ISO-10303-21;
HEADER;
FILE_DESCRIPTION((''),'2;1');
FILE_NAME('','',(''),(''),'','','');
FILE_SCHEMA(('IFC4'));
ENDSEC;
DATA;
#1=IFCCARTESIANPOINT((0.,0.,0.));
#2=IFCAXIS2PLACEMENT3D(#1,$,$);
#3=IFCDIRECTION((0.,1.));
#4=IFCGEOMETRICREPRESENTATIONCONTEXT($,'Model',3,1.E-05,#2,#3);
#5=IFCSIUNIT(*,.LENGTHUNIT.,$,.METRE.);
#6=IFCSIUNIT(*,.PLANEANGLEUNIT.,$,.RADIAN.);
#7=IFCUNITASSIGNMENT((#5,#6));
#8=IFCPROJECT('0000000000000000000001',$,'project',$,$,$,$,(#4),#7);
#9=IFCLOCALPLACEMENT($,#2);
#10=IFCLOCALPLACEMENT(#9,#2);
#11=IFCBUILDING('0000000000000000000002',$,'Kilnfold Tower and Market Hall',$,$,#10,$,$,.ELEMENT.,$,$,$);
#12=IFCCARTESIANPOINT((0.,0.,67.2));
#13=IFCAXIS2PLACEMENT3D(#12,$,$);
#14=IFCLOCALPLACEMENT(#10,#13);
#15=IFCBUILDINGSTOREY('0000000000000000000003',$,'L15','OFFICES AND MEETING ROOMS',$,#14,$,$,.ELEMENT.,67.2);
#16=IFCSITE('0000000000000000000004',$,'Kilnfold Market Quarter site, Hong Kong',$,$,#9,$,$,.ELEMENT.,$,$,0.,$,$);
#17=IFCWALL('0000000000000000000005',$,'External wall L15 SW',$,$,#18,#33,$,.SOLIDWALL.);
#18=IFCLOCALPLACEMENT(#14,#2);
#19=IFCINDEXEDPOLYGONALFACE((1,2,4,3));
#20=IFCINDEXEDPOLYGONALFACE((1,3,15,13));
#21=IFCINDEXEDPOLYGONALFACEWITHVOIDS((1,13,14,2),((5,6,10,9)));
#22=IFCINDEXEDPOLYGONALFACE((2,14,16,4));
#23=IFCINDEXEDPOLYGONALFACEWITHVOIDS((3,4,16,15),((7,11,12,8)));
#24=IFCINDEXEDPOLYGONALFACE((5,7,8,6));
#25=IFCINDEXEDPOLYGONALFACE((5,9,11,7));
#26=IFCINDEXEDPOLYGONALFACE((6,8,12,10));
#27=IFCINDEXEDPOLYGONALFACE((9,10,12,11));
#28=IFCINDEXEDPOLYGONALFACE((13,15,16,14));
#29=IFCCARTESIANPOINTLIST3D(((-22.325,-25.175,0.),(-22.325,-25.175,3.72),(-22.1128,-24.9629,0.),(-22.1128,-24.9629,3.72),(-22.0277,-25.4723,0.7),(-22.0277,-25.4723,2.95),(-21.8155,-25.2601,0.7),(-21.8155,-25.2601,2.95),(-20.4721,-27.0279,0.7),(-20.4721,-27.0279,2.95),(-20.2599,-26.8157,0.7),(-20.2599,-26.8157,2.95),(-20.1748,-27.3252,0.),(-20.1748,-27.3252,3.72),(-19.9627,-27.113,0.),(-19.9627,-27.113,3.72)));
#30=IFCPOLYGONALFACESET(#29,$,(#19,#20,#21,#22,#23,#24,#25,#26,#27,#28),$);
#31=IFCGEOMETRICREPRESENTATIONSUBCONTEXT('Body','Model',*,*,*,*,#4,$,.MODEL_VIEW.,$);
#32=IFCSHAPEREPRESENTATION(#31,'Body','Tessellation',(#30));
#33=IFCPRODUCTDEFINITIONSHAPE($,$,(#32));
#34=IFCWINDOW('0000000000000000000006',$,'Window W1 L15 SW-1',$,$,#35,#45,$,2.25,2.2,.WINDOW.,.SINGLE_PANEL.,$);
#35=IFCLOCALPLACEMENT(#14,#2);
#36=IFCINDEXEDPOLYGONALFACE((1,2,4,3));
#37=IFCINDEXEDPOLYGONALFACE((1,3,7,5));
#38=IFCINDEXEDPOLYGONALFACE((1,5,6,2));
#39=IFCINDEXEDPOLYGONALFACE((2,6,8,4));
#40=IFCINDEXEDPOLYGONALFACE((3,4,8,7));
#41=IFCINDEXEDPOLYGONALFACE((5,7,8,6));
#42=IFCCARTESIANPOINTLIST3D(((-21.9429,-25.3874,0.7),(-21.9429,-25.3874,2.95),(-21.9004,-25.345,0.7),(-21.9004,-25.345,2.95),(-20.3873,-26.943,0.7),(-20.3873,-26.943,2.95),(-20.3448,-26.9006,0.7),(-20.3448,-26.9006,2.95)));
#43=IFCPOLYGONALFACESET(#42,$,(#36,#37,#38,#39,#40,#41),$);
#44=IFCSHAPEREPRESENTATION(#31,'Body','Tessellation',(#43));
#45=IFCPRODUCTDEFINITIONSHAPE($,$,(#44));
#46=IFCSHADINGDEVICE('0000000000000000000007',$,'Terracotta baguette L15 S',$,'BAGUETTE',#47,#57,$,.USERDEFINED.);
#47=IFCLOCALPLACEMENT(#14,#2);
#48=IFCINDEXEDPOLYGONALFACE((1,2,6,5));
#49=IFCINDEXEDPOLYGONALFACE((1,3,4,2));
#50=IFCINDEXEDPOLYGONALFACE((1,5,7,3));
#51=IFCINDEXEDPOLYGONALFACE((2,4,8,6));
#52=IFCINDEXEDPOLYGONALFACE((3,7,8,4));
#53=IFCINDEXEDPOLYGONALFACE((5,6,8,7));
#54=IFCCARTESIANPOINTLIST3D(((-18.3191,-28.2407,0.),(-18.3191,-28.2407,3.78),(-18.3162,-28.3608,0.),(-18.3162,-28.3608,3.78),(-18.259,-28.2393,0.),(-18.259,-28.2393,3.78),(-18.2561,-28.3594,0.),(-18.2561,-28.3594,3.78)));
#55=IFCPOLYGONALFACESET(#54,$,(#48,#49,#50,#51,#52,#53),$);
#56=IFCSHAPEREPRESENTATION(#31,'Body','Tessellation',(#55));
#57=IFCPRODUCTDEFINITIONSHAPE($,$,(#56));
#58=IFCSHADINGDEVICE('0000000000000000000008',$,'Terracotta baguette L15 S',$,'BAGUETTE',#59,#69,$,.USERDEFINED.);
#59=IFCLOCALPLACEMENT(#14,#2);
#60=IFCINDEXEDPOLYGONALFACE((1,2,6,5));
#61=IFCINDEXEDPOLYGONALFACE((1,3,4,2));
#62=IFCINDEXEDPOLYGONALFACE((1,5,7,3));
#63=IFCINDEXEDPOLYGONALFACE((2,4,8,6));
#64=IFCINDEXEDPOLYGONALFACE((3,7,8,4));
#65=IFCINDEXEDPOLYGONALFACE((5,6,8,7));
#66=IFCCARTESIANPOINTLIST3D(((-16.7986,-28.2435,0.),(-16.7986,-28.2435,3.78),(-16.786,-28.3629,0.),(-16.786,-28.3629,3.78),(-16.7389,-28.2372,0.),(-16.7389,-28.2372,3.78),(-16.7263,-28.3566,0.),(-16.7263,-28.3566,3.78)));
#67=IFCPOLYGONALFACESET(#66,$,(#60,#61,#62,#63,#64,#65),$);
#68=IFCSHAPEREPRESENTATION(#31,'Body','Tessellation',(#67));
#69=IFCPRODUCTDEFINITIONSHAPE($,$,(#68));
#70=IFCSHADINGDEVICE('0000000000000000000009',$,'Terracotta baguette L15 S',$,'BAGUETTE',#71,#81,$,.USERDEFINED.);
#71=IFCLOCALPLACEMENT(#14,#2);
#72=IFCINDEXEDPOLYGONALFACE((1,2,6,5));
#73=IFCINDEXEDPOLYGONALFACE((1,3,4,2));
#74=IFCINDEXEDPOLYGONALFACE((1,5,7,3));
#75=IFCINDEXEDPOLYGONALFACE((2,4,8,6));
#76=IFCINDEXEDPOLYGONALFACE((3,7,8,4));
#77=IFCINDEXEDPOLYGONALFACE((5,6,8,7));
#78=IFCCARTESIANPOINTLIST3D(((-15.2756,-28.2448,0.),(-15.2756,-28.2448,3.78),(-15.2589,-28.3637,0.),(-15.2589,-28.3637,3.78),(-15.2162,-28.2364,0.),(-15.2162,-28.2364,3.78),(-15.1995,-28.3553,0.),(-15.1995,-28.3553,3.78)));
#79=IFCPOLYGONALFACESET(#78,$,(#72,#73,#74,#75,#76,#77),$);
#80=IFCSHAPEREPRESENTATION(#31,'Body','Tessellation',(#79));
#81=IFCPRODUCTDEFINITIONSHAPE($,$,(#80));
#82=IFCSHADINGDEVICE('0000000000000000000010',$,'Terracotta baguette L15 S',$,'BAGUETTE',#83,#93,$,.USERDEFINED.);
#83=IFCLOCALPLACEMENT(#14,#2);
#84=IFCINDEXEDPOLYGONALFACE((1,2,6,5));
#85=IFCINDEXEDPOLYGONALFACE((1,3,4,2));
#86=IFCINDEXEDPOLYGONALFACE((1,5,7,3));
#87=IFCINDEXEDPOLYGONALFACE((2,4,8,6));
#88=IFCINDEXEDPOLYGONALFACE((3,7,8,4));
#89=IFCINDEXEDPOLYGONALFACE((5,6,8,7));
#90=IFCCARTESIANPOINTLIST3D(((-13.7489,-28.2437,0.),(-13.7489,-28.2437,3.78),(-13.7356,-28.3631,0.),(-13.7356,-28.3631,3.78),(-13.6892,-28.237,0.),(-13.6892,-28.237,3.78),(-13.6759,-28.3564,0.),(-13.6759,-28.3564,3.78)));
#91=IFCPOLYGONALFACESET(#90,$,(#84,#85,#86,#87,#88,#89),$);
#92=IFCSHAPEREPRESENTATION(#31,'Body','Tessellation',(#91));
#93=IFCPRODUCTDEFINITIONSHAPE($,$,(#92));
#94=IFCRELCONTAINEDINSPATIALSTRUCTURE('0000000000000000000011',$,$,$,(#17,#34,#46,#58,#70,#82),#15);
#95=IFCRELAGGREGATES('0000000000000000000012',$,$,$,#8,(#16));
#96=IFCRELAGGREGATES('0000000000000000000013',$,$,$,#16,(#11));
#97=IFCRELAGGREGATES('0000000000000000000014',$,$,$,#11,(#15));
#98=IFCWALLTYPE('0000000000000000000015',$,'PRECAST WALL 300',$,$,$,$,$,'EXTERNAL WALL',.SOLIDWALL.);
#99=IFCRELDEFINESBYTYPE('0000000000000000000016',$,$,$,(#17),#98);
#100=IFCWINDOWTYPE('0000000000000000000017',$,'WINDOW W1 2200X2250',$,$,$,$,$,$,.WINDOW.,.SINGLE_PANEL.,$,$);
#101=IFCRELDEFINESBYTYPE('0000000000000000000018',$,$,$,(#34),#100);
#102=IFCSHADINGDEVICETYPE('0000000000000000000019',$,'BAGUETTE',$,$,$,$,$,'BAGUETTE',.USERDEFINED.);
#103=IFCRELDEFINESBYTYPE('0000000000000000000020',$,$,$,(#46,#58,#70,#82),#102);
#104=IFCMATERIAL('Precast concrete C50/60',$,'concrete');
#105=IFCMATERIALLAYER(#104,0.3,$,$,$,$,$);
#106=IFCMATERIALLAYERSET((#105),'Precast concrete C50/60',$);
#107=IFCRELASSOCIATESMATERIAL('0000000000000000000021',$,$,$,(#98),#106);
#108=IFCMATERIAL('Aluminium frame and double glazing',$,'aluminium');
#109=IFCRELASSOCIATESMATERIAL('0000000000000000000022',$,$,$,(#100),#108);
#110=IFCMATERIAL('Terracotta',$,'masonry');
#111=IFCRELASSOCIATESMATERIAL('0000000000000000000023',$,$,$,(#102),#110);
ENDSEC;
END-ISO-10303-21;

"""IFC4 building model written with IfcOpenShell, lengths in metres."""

from ifc_helpers import new_model, si_unit, direction, frame, frame_2d, origin, origin_2d, place, context, subcontext, project, spatial, rectangle, extrude, source, transform, mapped, material, layer, layer_set, material_profile, profile_set, type_object, element, fill, save


model = new_model("IFC4")

# Units and contexts
model_context = context("Model", 3, precision=1e-05, world=origin(), true_north=direction((0.0, 1.0)))
body_context = subcontext(model_context, "Body", "Model", "MODEL_VIEW")
ifc_project = project(units=[si_unit("LENGTHUNIT", "METRE"), si_unit("PLANEANGLEUNIT", "RADIAN")], contexts=[model_context])

# Site, building, storey
site_placement = place(None, origin())
site = spatial("IfcSite", under=ifc_project, at=site_placement, Name="Kilnfold Market Quarter site, Hong Kong", CompositionType="ELEMENT", RefElevation=0.0)
building_placement = place(site_placement, origin())
building = spatial("IfcBuilding", under=site, at=building_placement, Name="Kilnfold Tower and Market Hall", CompositionType="ELEMENT")
storey_placement = place(building_placement, frame((0.0, 0.0, 67.2)))
storey = spatial("IfcBuildingStorey", under=building, at=storey_placement, Name="L15", Description="OFFICES AND MEETING ROOMS", CompositionType="ELEMENT", Elevation=67.2)

# Shared definitions
ifc_material_1 = material(Name="Precast concrete C50/60", Category="concrete")
ifc_layer_1 = layer(ifc_material_1, 0.3)
ifc_layer_set_1 = layer_set([ifc_layer_1], Name="Precast concrete C50/60")
wall_type = type_object("IfcWallType", Name="PRECAST WALL 300", ElementType="EXTERNAL WALL", PredefinedType="SOLIDWALL", material=ifc_layer_set_1)

# Wall, opening, window
ifc_material_2 = material(Name="Aluminium frame and double glazing", Category="aluminium")
window_type = type_object("IfcWindowType", Name="WINDOW W1 2200X2250", PartitioningType="SINGLE_PANEL", PredefinedType="WINDOW", material=ifc_material_2)
shared_shape_1 = source(origin(), body_context, "Body", "SweptSolid", [
    extrude(rectangle(XDim=3.0408, YDim=0.3, at=frame_2d((1.5205, 0.0))), origin(), (0.0, 0.0, 1.0), 3.72),
])
wall_1_placement = place(storey_placement, frame((-22.219, -25.0688, 0.0), z_axis=(0.0, 0.0, 1.0), x_axis=(0.707107, -0.707107, 0.0)))
wall_1 = element("IfcWall", 1, at=wall_1_placement, inside=storey, type_object=wall_type, Name="External wall L15 SW", PredefinedType="SOLIDWALL", context=body_context, shape_type="MappedRepresentation", body=[
    mapped(shared_shape_1, transform((0.0, 0.0, 0.0))),
])
opening_1_placement = place(wall_1_placement, frame((0.4204, 0.0, 0.7)))
opening_1 = element("IfcOpeningElement", 2, at=opening_1_placement, cuts=wall_1, PredefinedType="OPENING", context=body_context, shape_type="SweptSolid", body=[
    extrude(rectangle(XDim=2.2, YDim=2.25, at=frame_2d((1.1001, 1.125))), frame((0.0, 0.1602, 0.0), z_axis=(0.0, -1.0, 0.0), x_axis=(1.0, 0.0, 0.0)), (0.0, 0.0, 1.0), 0.3201),
])
window_1_placement = place(opening_1_placement, origin())
window_1 = element("IfcWindow", 3, at=window_1_placement, inside=storey, type_object=window_type, Name="Window W1 L15 SW-1", OverallHeight=2.25, OverallWidth=2.2, PartitioningType="SINGLE_PANEL", PredefinedType="WINDOW", context=body_context, shape_type="SweptSolid", body=[
    extrude(rectangle(XDim=2.2, YDim=2.25, at=frame_2d((1.1001, 1.125))), frame((0.0, 0.03, 0.0), z_axis=(0.0, -1.0, 0.0), x_axis=(1.0, 0.0, 0.0)), (0.0, 0.0, 1.0), 0.0601),
])
fill(opening_1, window_1)

# Shading devices
ifc_material_3 = material(Name="Terracotta", Category="masonry")
ifc_material_profile_1 = material_profile(ifc_material_3, rectangle(XDim=0.0601, YDim=0.1201, at=origin_2d()), Name="BAG 60x120")
ifc_profile_set_1 = profile_set([ifc_material_profile_1], Name="Terracotta")
shading_device_type = type_object("IfcShadingDeviceType", Name="BAGUETTE", ElementType="BAGUETTE", PredefinedType="USERDEFINED", material=ifc_profile_set_1)
shared_shape_2 = source(origin(), body_context, "Body", "SweptSolid", [
    extrude(rectangle(XDim=0.0601, YDim=0.1201, at=origin_2d()), origin(), (0.0, 0.0, 1.0), 3.78),
])
for number, where, z_axis, x_axis, name in (
    (4, (-18.2876, -28.3, 0.0), (0.0, 0.0, 1.0), (0.99971, 0.024095, 0.0), "Terracotta baguette L15 S"),
    (5, (-16.7625, -28.3, 0.0), (0.0, 0.0, 1.0), (0.994427, 0.105426, 0.0), "Terracotta baguette L15 S"),
    (6, (-15.2375, -28.3, 0.0), (0.0, 0.0, 1.0), (0.990276, 0.139118, 0.0), "Terracotta baguette L15 S"),
    (7, (-13.7124, -28.3, 0.0), (0.0, 0.0, 1.0), (0.993884, 0.110426, 0.0), "Terracotta baguette L15 S"),
):
    element("IfcShadingDevice", number, at=place(storey_placement, frame(where, z_axis=z_axis, x_axis=x_axis)), inside=storey, type_object=shading_device_type, Name=name, ObjectType="BAGUETTE", PredefinedType="USERDEFINED", context=body_context, shape_type="MappedRepresentation", body=[
        mapped(shared_shape_2, transform((0.0, 0.0, 0.0))),
    ])

save(model, "model.ifc")
